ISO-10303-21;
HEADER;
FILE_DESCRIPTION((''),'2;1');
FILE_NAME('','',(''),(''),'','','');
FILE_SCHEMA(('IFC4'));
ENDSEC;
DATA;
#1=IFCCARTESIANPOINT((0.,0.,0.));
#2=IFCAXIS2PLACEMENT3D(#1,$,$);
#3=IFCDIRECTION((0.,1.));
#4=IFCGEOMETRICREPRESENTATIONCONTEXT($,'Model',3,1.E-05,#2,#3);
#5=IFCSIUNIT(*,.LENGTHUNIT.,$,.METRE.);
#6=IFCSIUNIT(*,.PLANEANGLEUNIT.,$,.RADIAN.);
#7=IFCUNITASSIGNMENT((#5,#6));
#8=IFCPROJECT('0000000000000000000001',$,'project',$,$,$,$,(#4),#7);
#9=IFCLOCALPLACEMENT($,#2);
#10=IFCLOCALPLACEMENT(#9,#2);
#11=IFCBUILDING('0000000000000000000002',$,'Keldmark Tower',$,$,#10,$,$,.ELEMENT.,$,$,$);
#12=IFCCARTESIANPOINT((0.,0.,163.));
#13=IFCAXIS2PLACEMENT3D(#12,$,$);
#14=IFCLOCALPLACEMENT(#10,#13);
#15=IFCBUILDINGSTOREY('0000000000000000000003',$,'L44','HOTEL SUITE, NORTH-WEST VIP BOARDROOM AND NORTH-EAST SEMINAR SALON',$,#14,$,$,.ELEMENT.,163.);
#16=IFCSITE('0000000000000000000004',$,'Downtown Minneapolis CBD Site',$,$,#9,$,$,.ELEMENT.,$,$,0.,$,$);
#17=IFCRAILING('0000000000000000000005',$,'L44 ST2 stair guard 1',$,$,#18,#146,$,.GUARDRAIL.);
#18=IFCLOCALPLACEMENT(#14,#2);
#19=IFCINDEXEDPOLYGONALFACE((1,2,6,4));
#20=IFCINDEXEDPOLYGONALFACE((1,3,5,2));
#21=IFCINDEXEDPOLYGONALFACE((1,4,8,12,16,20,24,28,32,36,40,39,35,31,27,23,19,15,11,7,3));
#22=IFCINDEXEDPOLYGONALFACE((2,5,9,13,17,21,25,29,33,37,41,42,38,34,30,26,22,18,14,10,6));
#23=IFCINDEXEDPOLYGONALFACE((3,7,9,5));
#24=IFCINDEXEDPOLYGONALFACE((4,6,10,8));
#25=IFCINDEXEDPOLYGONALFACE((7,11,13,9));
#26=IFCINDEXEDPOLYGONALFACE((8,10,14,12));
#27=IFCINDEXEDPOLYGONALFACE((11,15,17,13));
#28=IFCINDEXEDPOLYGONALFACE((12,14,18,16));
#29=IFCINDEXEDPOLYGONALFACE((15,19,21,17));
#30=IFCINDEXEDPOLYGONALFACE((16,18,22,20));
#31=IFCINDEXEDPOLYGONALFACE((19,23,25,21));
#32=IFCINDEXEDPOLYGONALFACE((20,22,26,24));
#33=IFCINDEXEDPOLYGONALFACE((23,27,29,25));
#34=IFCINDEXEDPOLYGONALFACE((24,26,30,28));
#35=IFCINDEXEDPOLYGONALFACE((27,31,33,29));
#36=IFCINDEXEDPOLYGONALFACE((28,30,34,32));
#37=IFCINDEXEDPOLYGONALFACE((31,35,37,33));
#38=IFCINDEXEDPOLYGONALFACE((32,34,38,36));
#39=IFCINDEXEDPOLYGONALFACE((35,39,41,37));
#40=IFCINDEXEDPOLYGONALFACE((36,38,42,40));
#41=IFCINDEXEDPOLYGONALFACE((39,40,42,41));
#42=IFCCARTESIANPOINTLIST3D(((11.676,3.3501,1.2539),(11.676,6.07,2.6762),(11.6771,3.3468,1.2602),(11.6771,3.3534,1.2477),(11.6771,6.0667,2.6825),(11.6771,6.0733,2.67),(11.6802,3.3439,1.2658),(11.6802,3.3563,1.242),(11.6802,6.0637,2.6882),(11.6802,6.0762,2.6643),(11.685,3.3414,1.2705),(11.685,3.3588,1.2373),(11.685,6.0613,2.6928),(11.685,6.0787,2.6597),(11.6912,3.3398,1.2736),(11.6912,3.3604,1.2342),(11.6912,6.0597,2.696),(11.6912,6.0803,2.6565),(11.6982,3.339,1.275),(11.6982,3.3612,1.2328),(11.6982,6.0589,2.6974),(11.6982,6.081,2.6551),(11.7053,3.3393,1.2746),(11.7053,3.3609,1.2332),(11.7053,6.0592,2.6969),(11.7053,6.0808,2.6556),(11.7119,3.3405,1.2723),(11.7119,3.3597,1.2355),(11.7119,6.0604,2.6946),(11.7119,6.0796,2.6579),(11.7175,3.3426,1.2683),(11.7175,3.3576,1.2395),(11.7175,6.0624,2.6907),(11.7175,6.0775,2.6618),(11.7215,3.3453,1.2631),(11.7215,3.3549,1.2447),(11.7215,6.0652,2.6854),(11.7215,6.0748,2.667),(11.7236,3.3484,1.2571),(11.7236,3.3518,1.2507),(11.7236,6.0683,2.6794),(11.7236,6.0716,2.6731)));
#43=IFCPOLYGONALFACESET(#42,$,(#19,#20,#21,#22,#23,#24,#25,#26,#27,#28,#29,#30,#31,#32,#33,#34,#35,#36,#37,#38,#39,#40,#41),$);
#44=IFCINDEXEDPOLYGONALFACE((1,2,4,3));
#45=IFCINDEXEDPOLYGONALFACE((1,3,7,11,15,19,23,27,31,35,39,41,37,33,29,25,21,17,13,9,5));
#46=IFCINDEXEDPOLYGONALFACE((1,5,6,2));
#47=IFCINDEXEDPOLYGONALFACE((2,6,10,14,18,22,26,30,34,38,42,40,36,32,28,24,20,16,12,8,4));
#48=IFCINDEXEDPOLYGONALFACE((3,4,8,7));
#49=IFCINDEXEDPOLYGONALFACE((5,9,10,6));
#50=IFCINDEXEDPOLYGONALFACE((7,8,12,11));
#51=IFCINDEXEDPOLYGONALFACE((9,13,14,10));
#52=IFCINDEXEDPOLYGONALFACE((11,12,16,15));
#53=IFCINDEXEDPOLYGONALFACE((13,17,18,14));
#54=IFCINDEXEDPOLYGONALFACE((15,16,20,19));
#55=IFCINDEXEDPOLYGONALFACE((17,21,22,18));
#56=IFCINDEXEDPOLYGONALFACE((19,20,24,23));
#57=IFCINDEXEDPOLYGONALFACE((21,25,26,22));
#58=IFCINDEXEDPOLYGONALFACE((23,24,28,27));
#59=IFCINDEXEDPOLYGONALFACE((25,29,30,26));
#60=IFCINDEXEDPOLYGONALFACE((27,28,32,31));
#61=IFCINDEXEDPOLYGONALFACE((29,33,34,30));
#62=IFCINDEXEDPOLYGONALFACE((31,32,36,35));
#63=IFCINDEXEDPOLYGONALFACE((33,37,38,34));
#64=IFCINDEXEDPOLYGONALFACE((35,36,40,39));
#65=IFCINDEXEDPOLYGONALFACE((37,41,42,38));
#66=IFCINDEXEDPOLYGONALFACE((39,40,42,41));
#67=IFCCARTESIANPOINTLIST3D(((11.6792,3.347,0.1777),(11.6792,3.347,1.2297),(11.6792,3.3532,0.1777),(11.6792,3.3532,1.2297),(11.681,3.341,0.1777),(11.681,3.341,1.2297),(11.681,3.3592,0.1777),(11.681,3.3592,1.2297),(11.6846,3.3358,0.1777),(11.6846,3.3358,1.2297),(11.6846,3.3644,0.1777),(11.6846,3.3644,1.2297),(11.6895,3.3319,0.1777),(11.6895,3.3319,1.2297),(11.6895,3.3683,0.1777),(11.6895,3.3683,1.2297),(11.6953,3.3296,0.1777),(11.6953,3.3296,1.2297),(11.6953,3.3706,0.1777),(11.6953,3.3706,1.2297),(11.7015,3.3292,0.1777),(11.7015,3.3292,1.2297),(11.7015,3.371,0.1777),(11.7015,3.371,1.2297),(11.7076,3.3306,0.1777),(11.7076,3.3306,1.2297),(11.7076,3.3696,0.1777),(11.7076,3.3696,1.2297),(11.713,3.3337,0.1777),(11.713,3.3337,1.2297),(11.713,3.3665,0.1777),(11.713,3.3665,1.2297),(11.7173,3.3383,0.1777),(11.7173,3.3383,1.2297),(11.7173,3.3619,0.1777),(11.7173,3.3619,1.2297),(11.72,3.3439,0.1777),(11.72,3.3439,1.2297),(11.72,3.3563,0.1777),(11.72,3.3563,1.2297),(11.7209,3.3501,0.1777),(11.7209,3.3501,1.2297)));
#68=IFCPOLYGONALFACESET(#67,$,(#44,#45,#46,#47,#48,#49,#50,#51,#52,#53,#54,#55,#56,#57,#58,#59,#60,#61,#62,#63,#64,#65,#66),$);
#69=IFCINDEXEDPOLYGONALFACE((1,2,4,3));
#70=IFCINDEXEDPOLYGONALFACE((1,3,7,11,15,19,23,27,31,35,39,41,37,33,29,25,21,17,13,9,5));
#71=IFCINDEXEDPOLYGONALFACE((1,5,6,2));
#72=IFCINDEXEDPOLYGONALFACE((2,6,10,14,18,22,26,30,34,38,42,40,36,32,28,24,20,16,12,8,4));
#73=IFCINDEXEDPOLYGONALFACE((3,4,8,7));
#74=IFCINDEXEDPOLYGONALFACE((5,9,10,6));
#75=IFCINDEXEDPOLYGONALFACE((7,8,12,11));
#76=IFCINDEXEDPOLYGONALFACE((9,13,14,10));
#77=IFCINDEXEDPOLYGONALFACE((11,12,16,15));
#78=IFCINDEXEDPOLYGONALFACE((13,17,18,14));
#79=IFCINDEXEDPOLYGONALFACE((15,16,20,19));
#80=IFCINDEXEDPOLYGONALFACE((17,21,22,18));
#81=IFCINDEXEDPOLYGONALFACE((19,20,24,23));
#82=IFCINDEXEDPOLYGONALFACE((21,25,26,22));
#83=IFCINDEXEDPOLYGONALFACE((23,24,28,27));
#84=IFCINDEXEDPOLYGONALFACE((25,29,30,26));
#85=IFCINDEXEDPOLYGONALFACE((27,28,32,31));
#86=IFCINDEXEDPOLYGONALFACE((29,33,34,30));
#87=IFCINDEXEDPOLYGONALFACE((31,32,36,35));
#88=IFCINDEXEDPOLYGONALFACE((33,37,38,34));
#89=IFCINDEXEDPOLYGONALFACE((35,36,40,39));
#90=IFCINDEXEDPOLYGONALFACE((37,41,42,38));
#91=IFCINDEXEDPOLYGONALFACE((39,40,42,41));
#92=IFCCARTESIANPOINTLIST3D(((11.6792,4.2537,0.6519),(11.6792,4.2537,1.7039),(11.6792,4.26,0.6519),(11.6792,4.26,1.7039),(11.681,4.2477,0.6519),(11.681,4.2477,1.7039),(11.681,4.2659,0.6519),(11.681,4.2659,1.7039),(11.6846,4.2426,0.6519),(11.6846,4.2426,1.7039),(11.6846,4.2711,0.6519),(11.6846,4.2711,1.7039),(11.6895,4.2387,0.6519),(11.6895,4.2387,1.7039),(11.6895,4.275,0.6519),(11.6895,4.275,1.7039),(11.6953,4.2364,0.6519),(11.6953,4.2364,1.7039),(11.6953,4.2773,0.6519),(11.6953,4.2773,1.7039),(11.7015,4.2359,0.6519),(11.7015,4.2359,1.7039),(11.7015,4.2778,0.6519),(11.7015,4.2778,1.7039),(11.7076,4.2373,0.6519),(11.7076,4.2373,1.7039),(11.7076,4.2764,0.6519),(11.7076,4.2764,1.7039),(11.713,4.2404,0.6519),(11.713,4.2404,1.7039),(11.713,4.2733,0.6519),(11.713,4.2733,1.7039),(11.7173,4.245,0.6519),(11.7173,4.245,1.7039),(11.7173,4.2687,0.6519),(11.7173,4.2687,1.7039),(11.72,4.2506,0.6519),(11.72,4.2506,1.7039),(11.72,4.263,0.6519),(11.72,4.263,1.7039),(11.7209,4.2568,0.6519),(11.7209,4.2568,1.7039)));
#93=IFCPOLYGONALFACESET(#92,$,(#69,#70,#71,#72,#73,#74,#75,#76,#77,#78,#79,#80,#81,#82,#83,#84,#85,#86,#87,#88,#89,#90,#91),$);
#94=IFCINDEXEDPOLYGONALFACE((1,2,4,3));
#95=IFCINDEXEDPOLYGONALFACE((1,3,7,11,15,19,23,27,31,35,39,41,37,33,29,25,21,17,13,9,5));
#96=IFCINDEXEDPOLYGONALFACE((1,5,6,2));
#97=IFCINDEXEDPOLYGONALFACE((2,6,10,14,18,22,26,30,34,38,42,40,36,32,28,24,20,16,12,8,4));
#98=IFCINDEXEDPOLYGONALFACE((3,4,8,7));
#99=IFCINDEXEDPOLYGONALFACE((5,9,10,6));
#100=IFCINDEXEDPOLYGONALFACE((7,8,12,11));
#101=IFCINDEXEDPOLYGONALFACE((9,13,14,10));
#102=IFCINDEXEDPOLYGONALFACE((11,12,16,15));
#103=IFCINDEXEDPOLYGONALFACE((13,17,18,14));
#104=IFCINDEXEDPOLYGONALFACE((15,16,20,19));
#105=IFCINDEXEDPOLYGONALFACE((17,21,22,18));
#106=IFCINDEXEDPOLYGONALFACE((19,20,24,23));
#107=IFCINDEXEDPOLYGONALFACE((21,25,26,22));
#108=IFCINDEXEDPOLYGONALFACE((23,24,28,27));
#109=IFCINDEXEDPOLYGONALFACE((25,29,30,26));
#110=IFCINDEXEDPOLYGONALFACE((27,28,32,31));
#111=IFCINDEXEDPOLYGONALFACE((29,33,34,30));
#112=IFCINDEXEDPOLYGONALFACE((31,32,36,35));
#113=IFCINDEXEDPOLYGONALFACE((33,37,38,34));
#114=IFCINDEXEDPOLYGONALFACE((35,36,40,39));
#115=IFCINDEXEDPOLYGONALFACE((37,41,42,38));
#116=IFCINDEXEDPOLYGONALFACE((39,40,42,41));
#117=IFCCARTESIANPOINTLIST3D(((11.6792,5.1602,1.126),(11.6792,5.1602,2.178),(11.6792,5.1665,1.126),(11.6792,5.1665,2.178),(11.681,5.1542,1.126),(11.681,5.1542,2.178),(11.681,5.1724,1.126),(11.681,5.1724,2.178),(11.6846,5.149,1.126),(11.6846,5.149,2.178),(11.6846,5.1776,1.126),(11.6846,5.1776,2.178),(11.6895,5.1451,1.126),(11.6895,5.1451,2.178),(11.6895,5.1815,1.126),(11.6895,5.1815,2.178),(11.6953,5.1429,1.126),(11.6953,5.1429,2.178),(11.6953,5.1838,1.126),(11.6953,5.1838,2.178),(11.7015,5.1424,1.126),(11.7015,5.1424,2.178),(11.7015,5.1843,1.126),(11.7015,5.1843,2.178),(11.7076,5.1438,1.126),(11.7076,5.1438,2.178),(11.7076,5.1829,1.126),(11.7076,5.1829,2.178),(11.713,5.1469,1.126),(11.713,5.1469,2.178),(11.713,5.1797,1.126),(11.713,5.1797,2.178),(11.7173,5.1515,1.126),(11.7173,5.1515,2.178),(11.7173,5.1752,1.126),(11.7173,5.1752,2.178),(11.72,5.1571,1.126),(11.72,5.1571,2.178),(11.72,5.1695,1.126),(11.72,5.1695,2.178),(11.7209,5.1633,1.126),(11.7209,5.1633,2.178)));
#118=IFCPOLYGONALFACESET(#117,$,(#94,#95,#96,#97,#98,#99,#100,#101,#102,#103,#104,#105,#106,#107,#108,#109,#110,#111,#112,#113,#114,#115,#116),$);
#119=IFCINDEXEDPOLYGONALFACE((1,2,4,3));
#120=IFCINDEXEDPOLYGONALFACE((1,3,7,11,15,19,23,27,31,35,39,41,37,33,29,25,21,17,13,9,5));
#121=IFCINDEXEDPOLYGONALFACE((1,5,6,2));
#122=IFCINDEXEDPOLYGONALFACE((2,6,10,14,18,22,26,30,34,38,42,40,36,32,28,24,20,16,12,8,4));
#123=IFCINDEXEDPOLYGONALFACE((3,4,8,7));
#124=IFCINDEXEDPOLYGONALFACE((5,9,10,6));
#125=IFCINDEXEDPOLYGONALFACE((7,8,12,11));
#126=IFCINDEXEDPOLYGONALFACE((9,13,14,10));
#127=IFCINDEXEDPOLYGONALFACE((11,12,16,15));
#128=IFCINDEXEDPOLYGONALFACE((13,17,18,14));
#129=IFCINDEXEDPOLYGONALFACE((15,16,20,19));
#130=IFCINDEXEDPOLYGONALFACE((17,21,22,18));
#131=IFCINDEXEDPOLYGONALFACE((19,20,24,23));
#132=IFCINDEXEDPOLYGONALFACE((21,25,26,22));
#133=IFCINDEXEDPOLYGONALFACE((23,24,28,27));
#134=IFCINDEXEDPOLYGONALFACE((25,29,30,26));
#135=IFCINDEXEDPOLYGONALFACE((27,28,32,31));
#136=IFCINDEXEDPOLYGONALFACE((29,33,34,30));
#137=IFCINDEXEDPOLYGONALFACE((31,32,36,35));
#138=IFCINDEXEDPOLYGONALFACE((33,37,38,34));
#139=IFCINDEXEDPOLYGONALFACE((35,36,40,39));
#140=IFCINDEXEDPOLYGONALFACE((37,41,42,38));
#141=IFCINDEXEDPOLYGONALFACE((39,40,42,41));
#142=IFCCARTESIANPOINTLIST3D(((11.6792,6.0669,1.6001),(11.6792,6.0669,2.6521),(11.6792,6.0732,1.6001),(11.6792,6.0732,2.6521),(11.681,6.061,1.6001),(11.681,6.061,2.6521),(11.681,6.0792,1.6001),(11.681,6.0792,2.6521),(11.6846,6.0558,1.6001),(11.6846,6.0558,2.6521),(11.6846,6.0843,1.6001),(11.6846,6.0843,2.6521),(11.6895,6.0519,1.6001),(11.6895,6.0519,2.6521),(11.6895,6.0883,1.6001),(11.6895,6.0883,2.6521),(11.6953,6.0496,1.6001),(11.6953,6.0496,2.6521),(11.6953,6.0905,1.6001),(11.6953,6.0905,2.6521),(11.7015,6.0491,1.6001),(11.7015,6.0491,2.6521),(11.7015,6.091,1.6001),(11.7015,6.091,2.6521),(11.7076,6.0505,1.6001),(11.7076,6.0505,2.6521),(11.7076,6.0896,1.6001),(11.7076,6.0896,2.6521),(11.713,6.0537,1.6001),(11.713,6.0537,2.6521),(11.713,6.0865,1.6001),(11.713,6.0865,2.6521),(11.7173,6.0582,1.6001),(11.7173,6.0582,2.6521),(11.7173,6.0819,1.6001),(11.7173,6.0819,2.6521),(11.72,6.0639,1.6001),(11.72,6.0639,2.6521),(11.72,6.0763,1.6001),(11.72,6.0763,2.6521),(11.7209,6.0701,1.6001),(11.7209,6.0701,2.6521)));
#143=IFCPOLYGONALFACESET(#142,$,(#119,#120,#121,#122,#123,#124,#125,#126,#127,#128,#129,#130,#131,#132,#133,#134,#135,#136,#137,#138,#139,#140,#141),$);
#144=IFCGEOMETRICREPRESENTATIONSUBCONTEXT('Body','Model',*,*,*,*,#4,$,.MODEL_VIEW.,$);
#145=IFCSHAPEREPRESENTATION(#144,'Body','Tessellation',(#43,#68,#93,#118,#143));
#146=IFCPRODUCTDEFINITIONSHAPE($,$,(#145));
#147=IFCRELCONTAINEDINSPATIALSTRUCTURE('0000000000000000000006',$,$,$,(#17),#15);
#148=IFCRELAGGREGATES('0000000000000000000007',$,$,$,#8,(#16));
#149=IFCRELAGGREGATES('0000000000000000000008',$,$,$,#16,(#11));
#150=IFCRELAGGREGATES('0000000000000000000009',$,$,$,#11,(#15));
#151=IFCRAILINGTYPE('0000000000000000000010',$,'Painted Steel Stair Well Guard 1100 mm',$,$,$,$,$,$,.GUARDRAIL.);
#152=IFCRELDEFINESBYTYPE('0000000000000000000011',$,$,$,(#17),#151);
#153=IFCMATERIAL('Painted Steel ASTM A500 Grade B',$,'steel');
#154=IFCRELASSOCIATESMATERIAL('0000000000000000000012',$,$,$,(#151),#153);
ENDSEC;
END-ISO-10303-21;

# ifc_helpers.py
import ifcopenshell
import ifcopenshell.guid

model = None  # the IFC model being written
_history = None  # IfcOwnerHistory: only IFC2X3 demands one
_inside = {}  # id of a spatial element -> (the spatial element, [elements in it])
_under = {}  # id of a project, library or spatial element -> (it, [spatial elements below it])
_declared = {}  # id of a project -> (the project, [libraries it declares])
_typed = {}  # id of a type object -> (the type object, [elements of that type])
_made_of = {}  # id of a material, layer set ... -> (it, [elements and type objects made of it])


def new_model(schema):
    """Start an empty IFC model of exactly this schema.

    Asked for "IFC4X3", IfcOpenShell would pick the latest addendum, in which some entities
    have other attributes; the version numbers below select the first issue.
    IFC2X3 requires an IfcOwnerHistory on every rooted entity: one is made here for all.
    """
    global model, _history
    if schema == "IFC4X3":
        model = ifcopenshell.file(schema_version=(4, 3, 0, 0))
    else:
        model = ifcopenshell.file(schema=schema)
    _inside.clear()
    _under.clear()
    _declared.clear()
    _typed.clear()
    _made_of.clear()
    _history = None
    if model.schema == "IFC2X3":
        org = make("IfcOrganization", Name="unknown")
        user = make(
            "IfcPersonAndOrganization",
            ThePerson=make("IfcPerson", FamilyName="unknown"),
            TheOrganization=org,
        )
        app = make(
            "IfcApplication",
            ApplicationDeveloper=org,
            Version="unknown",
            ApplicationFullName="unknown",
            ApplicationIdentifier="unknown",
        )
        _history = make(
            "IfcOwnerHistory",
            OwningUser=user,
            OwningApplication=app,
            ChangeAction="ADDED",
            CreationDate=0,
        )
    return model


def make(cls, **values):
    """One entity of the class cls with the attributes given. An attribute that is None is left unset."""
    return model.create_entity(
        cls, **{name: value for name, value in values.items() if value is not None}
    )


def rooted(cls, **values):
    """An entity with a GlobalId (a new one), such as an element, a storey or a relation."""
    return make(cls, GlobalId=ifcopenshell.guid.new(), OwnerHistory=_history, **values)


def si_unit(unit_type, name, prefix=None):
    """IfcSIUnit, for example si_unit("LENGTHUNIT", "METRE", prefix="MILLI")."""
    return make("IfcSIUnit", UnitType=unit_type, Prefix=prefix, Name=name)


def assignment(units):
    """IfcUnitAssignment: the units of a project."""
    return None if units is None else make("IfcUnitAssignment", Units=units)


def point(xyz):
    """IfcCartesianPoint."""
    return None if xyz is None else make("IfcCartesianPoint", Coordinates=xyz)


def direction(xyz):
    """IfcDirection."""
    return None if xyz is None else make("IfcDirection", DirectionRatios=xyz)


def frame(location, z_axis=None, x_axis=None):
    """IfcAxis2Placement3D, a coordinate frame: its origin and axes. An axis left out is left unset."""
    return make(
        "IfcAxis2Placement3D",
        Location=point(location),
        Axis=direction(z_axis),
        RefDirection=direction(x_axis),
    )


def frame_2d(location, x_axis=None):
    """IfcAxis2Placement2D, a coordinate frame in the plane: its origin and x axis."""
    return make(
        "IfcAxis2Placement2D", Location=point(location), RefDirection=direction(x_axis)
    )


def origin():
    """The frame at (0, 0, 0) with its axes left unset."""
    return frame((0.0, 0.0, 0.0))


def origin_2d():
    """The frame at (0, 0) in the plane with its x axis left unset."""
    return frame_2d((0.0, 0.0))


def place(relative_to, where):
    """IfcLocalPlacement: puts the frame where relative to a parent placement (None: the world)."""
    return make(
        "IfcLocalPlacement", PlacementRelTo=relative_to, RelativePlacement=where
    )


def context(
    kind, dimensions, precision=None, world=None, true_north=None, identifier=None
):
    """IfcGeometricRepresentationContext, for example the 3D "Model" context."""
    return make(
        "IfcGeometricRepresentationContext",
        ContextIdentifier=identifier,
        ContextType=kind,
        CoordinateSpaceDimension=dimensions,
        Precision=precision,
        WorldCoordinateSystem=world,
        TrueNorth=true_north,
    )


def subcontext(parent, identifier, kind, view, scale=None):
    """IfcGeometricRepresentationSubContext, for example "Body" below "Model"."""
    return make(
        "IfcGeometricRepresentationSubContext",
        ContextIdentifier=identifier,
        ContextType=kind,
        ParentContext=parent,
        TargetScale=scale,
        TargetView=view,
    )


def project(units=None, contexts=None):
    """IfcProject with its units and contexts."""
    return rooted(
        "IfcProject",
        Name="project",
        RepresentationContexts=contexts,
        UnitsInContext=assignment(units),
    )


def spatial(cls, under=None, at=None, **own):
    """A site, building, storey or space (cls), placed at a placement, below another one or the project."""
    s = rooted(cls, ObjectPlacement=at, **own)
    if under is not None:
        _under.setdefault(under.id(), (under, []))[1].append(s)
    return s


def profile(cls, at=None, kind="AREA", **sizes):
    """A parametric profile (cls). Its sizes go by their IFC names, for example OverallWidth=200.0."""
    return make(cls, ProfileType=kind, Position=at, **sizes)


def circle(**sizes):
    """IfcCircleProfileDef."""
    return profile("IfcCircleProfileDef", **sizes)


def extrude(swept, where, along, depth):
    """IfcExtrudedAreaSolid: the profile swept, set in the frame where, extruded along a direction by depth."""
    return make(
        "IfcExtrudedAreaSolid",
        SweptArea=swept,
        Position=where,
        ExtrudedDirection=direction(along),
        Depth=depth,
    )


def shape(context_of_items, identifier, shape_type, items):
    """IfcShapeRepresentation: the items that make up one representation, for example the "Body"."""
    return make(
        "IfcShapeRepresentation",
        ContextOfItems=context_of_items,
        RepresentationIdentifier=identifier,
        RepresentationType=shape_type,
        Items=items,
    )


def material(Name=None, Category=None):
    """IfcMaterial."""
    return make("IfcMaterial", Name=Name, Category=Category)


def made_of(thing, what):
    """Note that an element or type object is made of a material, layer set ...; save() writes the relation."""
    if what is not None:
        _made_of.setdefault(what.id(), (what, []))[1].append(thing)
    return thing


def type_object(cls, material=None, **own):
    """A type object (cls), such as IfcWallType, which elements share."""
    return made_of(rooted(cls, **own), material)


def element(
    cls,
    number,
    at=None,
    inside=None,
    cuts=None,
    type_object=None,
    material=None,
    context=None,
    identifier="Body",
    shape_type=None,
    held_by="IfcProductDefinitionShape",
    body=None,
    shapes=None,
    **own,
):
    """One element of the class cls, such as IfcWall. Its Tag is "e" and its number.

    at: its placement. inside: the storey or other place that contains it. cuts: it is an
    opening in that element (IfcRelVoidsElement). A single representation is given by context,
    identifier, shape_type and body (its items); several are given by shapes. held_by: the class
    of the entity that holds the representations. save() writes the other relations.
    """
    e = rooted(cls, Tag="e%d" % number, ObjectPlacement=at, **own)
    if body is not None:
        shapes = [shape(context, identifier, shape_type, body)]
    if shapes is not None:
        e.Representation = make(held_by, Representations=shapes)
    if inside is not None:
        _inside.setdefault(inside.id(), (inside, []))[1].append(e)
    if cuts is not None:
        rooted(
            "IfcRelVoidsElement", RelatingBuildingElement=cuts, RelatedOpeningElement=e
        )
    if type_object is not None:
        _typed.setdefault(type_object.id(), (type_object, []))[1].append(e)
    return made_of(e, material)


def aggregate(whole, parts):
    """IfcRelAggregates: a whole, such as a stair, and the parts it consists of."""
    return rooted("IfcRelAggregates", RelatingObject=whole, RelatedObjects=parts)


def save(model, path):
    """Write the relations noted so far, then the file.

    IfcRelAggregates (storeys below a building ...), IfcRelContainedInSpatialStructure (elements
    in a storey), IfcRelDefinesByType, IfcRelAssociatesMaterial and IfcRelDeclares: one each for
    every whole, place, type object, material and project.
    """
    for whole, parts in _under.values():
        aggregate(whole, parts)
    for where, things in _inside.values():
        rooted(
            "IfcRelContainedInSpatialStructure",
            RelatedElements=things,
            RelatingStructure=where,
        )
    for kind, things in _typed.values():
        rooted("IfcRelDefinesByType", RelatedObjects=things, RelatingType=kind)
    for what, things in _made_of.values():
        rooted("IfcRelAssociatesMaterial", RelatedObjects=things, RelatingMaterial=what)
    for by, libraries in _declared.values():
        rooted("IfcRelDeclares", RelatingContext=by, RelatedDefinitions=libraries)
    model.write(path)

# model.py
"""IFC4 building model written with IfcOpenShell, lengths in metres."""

from ifc_helpers import new_model, si_unit, direction, frame, origin, origin_2d, place, context, subcontext, project, spatial, circle, extrude, material, type_object, element, save


model = new_model("IFC4")

# Units and contexts
model_context = context("Model", 3, precision=1e-05, world=origin(), true_north=direction((0.0, 1.0)))
body_context = subcontext(model_context, "Body", "Model", "MODEL_VIEW")
ifc_project = project(units=[si_unit("LENGTHUNIT", "METRE"), si_unit("PLANEANGLEUNIT", "RADIAN")], contexts=[model_context])

# Site, building, storey
site_placement = place(None, origin())
site = spatial("IfcSite", under=ifc_project, at=site_placement, Name="Downtown Minneapolis CBD Site", CompositionType="ELEMENT", RefElevation=0.0)
building_placement = place(site_placement, origin())
building = spatial("IfcBuilding", under=site, at=building_placement, Name="Keldmark Tower", CompositionType="ELEMENT")
storey_placement = place(building_placement, frame((0.0, 0.0, 163.0)))
storey = spatial("IfcBuildingStorey", under=building, at=storey_placement, Name="L44", Description="HOTEL SUITE, NORTH-WEST VIP BOARDROOM AND NORTH-EAST SEMINAR SALON", CompositionType="ELEMENT", Elevation=163.0)

# Railing
ifc_material_1 = material(Name="Painted Steel ASTM A500 Grade B", Category="steel")
railing_type_1 = type_object("IfcRailingType", Name="Painted Steel Stair Well Guard 1100 mm", PredefinedType="GUARDRAIL", material=ifc_material_1)
railing_1_placement = place(storey_placement, frame((11.7, 3.3501, 0.1777)))
element("IfcRailing", 1, at=railing_1_placement, inside=storey, type_object=railing_type_1, Name="L44 ST2 stair guard 1", PredefinedType="GUARDRAIL", context=body_context, shape_type="SweptSolid", body=[
    extrude(circle(Radius=0.0239, at=origin_2d()), frame((0.0, 0.0, 1.0762), z_axis=(0.0, 0.88615, 0.463398), x_axis=(-1.0, 0.0, 0.0)), (0.0, 0.0, 1.0), 3.0693),
    extrude(circle(Radius=0.021, at=origin_2d()), origin(), (0.0, 0.0, 1.0), 1.052),
    extrude(circle(Radius=0.021, at=origin_2d()), frame((0.0, 0.9067, 0.4741)), (0.0, 0.0, 1.0), 1.052),
    extrude(circle(Radius=0.021, at=origin_2d()), frame((0.0, 1.8132, 0.9482)), (0.0, 0.0, 1.0), 1.052),
    extrude(circle(Radius=0.021, at=origin_2d()), frame((0.0, 2.72, 1.4224)), (0.0, 0.0, 1.0), 1.052),
])

save(model, "model.ifc")
